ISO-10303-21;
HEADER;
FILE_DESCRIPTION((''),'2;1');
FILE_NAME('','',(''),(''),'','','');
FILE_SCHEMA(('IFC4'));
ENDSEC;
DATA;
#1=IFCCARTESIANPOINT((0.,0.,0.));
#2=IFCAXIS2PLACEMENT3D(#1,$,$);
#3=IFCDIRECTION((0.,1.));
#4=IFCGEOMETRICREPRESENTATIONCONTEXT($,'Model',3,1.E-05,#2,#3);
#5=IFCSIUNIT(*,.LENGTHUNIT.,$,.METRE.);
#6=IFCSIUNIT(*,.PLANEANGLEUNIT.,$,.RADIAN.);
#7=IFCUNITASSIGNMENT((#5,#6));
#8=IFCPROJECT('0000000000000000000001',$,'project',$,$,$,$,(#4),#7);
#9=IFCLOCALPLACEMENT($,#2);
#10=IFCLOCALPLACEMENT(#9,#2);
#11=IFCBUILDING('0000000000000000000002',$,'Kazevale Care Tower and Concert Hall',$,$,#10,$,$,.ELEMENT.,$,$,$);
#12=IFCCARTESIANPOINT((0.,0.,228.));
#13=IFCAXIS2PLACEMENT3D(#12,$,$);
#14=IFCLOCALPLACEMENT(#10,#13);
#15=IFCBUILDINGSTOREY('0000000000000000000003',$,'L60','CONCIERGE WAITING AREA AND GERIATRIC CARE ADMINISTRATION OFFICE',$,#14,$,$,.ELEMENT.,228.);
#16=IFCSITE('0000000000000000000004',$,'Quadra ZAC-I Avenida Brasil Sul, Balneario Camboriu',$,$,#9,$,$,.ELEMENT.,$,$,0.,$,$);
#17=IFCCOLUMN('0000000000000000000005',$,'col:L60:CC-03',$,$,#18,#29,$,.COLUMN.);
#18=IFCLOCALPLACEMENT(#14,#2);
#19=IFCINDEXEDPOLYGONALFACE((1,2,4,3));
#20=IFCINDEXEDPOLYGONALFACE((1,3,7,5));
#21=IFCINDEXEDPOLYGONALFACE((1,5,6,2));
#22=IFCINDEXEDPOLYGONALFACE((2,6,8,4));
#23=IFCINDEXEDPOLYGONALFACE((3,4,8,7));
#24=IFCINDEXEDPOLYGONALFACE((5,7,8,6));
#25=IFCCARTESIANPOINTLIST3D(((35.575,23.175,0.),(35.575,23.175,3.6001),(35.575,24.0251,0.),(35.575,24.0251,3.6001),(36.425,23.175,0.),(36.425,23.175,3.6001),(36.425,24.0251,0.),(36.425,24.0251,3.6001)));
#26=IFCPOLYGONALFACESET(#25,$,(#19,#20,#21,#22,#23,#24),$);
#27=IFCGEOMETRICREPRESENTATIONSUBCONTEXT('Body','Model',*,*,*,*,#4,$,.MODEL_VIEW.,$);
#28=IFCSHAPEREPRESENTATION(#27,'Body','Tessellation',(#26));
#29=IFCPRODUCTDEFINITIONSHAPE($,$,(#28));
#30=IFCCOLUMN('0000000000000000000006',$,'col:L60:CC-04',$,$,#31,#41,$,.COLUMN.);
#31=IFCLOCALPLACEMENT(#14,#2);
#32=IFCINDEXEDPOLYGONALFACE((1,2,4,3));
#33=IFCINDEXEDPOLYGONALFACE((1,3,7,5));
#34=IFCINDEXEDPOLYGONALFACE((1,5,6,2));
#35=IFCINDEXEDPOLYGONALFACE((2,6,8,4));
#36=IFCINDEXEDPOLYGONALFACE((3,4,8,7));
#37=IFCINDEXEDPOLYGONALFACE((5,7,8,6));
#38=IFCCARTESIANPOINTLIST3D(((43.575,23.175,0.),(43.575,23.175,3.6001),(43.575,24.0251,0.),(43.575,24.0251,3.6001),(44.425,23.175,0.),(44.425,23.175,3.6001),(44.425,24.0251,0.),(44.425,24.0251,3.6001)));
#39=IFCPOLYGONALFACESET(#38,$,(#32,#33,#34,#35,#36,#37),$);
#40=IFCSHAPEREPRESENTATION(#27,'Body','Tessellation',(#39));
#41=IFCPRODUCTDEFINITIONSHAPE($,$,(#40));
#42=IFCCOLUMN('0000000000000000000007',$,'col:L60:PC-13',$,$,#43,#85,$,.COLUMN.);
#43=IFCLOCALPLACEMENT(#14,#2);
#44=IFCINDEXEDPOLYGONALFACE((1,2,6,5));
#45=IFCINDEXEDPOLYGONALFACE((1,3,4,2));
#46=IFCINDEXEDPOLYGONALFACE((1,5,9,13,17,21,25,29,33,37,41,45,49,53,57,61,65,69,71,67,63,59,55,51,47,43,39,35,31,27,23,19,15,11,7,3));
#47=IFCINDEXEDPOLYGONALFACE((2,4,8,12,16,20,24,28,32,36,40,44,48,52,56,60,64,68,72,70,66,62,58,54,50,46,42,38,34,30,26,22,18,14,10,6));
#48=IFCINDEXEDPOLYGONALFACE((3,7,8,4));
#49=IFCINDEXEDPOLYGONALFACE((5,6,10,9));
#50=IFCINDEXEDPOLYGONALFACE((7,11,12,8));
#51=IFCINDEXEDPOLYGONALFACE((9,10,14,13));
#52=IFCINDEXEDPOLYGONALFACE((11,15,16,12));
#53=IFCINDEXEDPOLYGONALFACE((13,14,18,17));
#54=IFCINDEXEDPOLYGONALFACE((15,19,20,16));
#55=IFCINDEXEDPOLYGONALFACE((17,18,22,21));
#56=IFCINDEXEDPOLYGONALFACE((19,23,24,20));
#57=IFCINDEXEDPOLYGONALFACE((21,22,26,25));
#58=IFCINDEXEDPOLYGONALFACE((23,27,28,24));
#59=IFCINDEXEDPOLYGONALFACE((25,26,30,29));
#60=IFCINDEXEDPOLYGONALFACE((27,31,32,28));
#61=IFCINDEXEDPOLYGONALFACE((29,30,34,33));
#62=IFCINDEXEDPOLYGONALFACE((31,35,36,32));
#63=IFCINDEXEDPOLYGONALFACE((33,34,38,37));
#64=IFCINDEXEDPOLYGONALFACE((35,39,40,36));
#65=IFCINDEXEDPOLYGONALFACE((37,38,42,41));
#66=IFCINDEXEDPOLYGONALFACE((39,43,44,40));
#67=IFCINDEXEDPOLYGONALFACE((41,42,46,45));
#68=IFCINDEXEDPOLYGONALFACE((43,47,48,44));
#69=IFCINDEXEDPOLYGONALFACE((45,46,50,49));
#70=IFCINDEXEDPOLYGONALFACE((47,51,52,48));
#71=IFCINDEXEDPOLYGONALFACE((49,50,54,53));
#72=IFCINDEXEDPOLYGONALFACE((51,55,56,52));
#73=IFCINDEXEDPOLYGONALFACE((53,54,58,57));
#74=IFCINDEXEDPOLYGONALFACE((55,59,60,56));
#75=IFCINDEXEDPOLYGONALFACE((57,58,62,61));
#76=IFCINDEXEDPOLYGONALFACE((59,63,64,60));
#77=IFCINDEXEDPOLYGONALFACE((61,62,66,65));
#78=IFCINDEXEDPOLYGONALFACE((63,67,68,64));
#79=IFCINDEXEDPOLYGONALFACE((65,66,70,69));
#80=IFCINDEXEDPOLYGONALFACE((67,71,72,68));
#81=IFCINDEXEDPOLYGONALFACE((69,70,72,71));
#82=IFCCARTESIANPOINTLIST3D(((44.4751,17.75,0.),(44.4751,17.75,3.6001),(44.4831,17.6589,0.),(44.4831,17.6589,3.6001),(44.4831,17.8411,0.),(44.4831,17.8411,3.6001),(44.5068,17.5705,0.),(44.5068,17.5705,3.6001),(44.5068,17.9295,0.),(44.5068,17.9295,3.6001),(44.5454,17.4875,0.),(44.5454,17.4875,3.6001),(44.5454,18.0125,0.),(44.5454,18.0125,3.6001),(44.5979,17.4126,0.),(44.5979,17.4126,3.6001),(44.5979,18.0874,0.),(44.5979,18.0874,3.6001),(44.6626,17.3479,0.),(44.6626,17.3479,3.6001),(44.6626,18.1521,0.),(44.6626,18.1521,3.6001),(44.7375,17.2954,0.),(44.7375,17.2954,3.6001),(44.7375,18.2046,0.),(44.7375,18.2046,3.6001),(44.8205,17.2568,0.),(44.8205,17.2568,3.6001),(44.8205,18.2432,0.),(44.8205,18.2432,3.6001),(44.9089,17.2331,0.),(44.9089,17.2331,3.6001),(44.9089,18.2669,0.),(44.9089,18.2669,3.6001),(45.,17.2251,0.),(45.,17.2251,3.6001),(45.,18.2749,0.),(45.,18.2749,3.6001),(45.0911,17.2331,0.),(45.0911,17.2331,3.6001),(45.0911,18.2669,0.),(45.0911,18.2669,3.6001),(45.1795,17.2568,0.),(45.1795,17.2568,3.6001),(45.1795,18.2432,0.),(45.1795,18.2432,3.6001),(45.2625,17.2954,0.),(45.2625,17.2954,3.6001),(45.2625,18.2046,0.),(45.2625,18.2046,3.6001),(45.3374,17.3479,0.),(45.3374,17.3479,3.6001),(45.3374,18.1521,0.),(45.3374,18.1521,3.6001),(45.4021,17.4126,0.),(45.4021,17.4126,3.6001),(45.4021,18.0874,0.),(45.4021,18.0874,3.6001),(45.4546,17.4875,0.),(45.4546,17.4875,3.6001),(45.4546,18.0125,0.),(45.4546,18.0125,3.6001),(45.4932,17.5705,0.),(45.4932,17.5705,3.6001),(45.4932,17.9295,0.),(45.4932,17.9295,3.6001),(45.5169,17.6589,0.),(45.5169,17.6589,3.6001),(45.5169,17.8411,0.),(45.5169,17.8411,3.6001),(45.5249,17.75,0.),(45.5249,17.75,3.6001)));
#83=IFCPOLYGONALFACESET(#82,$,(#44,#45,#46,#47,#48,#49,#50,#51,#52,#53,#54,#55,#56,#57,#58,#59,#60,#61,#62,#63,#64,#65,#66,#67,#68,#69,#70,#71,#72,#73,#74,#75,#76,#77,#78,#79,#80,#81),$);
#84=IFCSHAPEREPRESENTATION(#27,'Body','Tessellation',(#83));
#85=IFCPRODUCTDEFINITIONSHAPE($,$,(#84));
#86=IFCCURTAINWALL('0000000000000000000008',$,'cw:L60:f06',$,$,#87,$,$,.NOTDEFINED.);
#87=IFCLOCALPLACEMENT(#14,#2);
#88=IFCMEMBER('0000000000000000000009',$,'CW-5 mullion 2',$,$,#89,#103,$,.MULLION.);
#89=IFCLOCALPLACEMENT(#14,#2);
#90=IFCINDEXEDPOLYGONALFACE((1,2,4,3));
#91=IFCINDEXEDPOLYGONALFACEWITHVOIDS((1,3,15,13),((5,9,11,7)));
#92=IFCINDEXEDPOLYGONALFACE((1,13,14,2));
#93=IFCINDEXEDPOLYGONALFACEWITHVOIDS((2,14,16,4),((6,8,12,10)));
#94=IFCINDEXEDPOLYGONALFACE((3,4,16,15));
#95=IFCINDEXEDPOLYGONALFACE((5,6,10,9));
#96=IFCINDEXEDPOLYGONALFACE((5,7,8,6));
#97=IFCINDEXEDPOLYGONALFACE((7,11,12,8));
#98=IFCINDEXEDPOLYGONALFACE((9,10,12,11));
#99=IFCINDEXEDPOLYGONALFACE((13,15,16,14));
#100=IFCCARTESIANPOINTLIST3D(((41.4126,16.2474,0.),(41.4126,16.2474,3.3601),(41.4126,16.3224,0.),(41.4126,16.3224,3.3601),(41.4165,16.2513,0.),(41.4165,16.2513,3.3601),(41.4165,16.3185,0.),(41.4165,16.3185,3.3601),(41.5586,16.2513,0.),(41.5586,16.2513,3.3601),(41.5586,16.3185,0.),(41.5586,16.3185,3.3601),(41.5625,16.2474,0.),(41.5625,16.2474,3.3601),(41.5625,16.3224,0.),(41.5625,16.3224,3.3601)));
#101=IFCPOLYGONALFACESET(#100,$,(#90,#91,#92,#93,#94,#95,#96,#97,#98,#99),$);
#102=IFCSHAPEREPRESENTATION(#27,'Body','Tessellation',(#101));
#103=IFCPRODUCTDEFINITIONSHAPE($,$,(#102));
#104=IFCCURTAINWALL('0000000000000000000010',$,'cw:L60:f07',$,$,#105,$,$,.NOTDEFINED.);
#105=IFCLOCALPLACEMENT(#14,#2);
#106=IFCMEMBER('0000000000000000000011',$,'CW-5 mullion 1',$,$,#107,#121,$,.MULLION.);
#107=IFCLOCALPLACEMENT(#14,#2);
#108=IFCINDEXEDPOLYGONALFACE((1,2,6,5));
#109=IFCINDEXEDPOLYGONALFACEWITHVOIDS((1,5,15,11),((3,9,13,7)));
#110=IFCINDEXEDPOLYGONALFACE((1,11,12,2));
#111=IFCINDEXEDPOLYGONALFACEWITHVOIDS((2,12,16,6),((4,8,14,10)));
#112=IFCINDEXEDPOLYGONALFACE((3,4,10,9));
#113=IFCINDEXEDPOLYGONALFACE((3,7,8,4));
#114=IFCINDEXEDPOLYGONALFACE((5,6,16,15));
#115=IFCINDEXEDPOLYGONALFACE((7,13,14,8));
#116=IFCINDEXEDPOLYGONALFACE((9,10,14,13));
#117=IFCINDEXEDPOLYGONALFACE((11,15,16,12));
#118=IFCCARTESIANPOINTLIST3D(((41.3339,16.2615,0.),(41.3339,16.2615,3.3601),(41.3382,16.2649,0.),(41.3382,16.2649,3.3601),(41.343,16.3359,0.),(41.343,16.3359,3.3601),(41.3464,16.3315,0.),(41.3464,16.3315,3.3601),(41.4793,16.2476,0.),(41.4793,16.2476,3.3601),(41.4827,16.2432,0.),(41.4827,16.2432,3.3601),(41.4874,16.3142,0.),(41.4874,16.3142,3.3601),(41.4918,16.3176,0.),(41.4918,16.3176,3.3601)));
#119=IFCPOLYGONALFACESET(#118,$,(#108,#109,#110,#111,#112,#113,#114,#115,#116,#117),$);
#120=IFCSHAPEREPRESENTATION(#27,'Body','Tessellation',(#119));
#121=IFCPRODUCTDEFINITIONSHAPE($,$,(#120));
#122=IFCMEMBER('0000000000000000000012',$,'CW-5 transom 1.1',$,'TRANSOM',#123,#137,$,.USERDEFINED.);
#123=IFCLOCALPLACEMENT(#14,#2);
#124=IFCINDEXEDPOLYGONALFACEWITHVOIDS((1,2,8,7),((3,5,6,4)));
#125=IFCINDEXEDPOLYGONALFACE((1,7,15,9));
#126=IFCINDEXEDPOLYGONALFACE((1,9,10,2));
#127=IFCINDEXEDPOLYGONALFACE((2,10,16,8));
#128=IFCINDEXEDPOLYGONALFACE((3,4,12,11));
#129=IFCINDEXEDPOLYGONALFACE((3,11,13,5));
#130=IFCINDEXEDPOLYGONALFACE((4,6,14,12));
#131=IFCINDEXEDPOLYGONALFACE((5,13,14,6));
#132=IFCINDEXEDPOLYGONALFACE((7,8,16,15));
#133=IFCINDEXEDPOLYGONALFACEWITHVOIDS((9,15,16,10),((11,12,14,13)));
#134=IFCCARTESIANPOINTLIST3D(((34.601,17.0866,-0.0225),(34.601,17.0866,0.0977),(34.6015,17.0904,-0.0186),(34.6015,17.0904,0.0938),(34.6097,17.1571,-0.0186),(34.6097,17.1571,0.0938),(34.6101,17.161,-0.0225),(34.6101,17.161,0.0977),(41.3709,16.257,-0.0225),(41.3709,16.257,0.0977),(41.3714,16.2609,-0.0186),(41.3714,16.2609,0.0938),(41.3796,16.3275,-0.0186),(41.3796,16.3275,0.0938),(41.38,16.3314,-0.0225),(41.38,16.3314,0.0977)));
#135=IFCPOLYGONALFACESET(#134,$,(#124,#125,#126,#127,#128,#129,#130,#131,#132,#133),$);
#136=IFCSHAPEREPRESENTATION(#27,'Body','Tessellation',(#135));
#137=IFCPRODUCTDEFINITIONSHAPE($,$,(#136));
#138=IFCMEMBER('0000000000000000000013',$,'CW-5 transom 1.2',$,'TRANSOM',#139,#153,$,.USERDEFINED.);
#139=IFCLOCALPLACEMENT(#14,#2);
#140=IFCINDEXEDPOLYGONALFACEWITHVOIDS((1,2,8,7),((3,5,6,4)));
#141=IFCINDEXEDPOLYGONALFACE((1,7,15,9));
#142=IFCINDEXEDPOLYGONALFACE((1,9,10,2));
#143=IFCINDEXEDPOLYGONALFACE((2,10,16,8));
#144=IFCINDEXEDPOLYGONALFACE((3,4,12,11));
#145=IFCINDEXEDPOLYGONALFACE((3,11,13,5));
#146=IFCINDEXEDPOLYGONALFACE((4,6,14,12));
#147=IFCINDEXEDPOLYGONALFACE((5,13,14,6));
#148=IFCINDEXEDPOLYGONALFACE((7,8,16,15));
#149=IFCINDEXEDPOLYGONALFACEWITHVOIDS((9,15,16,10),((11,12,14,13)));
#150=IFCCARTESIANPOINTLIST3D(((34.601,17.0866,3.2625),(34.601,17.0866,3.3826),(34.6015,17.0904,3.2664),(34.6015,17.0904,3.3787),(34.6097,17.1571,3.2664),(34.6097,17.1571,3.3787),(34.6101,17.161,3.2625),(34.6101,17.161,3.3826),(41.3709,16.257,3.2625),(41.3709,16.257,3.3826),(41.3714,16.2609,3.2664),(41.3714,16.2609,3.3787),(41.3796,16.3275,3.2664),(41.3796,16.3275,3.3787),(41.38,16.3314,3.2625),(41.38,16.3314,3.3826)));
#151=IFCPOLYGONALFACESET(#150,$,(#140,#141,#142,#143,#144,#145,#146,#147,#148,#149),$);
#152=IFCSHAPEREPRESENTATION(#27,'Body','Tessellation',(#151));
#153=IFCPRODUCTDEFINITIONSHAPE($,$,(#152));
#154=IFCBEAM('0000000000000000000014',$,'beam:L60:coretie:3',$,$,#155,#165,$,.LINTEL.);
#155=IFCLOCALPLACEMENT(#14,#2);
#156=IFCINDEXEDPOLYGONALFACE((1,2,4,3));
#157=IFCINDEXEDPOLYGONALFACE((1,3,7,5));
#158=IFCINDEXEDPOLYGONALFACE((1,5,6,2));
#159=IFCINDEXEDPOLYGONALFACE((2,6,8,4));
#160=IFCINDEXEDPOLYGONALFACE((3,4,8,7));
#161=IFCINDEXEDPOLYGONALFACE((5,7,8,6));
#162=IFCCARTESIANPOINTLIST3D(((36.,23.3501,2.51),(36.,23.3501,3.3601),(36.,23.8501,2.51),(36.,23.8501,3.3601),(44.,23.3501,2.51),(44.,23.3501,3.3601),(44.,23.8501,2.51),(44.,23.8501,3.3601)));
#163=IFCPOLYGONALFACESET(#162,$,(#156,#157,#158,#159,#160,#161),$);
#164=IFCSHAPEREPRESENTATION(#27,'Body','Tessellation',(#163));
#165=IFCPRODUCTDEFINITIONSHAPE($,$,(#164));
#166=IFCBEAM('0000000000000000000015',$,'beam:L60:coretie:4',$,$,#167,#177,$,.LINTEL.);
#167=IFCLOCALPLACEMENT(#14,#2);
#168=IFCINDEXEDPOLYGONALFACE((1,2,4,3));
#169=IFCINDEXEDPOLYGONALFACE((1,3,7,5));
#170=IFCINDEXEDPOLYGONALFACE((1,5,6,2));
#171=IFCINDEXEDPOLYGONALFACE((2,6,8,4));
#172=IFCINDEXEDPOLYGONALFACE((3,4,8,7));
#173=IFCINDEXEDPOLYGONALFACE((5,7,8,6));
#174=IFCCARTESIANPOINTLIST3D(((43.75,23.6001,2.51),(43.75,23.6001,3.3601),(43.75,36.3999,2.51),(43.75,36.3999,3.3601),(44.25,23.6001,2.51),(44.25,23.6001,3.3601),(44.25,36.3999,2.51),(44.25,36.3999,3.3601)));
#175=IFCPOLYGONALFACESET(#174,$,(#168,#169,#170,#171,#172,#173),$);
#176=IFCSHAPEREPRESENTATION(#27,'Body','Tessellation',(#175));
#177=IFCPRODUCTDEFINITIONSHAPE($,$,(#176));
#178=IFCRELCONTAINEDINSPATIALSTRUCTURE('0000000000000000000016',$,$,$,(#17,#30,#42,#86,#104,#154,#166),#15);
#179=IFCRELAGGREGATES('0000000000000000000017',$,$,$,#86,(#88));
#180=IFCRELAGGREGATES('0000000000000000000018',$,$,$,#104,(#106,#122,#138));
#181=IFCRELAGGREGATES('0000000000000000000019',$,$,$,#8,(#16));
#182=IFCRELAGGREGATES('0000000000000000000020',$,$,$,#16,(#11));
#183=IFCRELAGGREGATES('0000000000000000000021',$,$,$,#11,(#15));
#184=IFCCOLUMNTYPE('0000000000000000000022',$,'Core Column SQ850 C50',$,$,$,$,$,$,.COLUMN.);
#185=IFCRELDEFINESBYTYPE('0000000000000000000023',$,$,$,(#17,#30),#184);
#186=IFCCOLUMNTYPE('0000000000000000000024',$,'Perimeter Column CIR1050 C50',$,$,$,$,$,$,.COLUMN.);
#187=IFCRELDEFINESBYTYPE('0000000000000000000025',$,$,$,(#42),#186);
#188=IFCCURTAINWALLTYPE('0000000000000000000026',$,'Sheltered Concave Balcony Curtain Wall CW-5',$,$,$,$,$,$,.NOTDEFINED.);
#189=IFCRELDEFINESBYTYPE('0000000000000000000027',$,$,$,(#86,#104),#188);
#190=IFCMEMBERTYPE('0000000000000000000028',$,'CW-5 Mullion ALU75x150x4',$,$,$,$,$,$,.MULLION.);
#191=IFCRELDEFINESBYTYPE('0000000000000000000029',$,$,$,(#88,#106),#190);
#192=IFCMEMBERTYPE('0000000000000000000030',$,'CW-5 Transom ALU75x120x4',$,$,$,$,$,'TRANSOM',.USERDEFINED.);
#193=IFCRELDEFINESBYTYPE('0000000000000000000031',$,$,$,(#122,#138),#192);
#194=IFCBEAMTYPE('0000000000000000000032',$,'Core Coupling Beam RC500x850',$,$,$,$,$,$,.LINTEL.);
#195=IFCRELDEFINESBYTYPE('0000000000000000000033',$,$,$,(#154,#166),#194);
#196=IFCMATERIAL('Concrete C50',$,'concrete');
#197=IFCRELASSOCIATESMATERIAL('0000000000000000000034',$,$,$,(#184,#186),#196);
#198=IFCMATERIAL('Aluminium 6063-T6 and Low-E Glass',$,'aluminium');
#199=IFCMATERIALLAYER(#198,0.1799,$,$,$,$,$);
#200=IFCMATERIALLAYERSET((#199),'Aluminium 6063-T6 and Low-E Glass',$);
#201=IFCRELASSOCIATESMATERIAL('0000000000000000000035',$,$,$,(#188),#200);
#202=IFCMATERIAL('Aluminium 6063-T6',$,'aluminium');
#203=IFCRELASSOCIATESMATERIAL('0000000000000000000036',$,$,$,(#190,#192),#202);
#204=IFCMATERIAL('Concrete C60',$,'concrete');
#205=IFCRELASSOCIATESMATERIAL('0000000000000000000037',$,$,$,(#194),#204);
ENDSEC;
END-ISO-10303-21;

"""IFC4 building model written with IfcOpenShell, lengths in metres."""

from ifc_helpers import new_model, si_unit, direction, frame, origin, origin_2d, place, context, subcontext, project, spatial, rectangle, hollow_rectangle, circle, extrude, material, layer, layer_set, material_profile, profile_set, type_object, element, aggregate, save


model = new_model("IFC4")

# Units and contexts
model_context = context("Model", 3, precision=1e-05, world=origin(), true_north=direction((0.0, 1.0)))
body_context = subcontext(model_context, "Body", "Model", "MODEL_VIEW")
ifc_project = project(units=[si_unit("LENGTHUNIT", "METRE"), si_unit("PLANEANGLEUNIT", "RADIAN")], contexts=[model_context])

# Site, building, storey
site_placement = place(None, origin())
site = spatial("IfcSite", under=ifc_project, at=site_placement, Name="Quadra ZAC-I Avenida Brasil Sul, Balneario Camboriu", CompositionType="ELEMENT", RefElevation=0.0)
building_placement = place(site_placement, origin())
building = spatial("IfcBuilding", under=site, at=building_placement, Name="Kazevale Care Tower and Concert Hall", CompositionType="ELEMENT")
storey_placement = place(building_placement, frame((0.0, 0.0, 228.0)))
storey = spatial("IfcBuildingStorey", under=building, at=storey_placement, Name="L60", Description="CONCIERGE WAITING AREA AND GERIATRIC CARE ADMINISTRATION OFFICE", CompositionType="ELEMENT", Elevation=228.0)

# Columns
ifc_material_1 = material(Name="Concrete C50", Category="concrete")
ifc_material_profile_1 = material_profile(ifc_material_1, rectangle(XDim=0.8501, YDim=0.8501, at=origin_2d()), Name="RC-SQ850")
ifc_profile_set_1 = profile_set([ifc_material_profile_1], Name="Concrete C50")
column_type_1 = type_object("IfcColumnType", Name="Core Column SQ850 C50", PredefinedType="COLUMN", material=ifc_profile_set_1)
for number, where, z_axis, x_axis, name in (
    (1, (36.0, 23.6001, 0.0), (0.0, 0.0, 1.0), (1.0, 0.0, 0.0), "col:L60:CC-03"),
    (2, (44.0, 23.6001, 0.0), (0.0, 0.0, 1.0), (1.0, 0.0, 0.0), "col:L60:CC-04"),
):
    element("IfcColumn", number, at=place(storey_placement, frame(where, z_axis=z_axis, x_axis=x_axis)), inside=storey, type_object=column_type_1, Name=name, PredefinedType="COLUMN", context=body_context, shape_type="SweptSolid", body=[
        extrude(rectangle(XDim=0.8501, YDim=0.8501, at=origin_2d()), origin(), (0.0, 0.0, 1.0), 3.6001),
    ])
ifc_material_profile_2 = material_profile(ifc_material_1, circle(Radius=0.5249, at=origin_2d()), Name="RC-CIR1050")
ifc_profile_set_2 = profile_set([ifc_material_profile_2], Name="Concrete C50")
column_type_2 = type_object("IfcColumnType", Name="Perimeter Column CIR1050 C50", PredefinedType="COLUMN", material=ifc_profile_set_2)
column_placement = place(storey_placement, frame((45.0, 17.75, 0.0), z_axis=(0.0, 0.0, 1.0), x_axis=(1.0, 0.0, 0.0)))
element("IfcColumn", 3, at=column_placement, inside=storey, type_object=column_type_2, Name="col:L60:PC-13", PredefinedType="COLUMN", context=body_context, shape_type="SweptSolid", body=[
    extrude(circle(Radius=0.5249, at=origin_2d()), origin(), (0.0, 0.0, 1.0), 3.6001),
])

# Curtain wall, member
ifc_material_2 = material(Name="Aluminium 6063-T6 and Low-E Glass", Category="aluminium")
ifc_layer_1 = layer(ifc_material_2, 0.1799)
ifc_layer_set_1 = layer_set([ifc_layer_1], Name="Aluminium 6063-T6 and Low-E Glass")
curtain_wall_type = type_object("IfcCurtainWallType", Name="Sheltered Concave Balcony Curtain Wall CW-5", PredefinedType="NOTDEFINED", material=ifc_layer_set_1)
curtain_wall_1_placement = place(storey_placement, origin())
curtain_wall_1 = element("IfcCurtainWall", 4, at=curtain_wall_1_placement, inside=storey, type_object=curtain_wall_type, Name="cw:L60:f06", PredefinedType="NOTDEFINED")
ifc_material_3 = material(Name="Aluminium 6063-T6", Category="aluminium")
ifc_material_profile_3 = material_profile(ifc_material_3, hollow_rectangle(XDim=0.075, YDim=0.1499, WallThickness=0.0039, at=origin_2d()), Name="ALU75x150x4")
ifc_profile_set_3 = profile_set([ifc_material_profile_3], Name="Aluminium 6063-T6")
member_type_1 = type_object("IfcMemberType", Name="CW-5 Mullion ALU75x150x4", PredefinedType="MULLION", material=ifc_profile_set_3)
member_1_placement = place(storey_placement, frame((41.4875, 16.2849, 0.0), z_axis=(0.0, 0.0, 1.0), x_axis=(0.0, -1.0, 0.0)))
member_1 = element("IfcMember", 5, at=member_1_placement, type_object=member_type_1, Name="CW-5 mullion 2", PredefinedType="MULLION", context=body_context, shape_type="SweptSolid", body=[
    extrude(hollow_rectangle(XDim=0.075, YDim=0.1499, WallThickness=0.0039, at=origin_2d()), origin(), (0.0, 0.0, 1.0), 3.3601),
])

# Curtain wall, members
curtain_wall_2_placement = place(storey_placement, origin())
curtain_wall_2 = element("IfcCurtainWall", 6, at=curtain_wall_2_placement, inside=storey, type_object=curtain_wall_type, Name="cw:L60:f07", PredefinedType="NOTDEFINED")
member_2_placement = place(storey_placement, frame((41.4128, 16.2896, 0.0), z_axis=(0.0, 0.0, 1.0), x_axis=(-0.121651, -0.992573, 0.0)))
member_2 = element("IfcMember", 7, at=member_2_placement, type_object=member_type_1, Name="CW-5 mullion 1", PredefinedType="MULLION", context=body_context, shape_type="SweptSolid", body=[
    extrude(hollow_rectangle(XDim=0.075, YDim=0.1499, WallThickness=0.0039, at=origin_2d()), origin(), (0.0, 0.0, 1.0), 3.3601),
])
ifc_material_profile_4 = material_profile(ifc_material_3, hollow_rectangle(XDim=0.075, YDim=0.1201, WallThickness=0.0039, at=origin_2d()), Name="ALU75x120x4")
ifc_profile_set_4 = profile_set([ifc_material_profile_4], Name="Aluminium 6063-T6")
member_type_2 = type_object("IfcMemberType", Name="CW-5 Transom ALU75x120x4", ElementType="TRANSOM", PredefinedType="USERDEFINED", material=ifc_profile_set_4)
member_3_placement = place(storey_placement, frame((41.3755, 16.2942, 0.0376), z_axis=(-0.992576, 0.121629, 0.0), x_axis=(-0.121629, -0.992576, 0.0)))
member_3 = element("IfcMember", 8, at=member_3_placement, type_object=member_type_2, Name="CW-5 transom 1.1", ObjectType="TRANSOM", PredefinedType="USERDEFINED", context=body_context, shape_type="SweptSolid", body=[
    extrude(hollow_rectangle(XDim=0.075, YDim=0.1201, WallThickness=0.0039, at=origin_2d()), origin(), (0.0, 0.0, 1.0), 6.8206),
])
member_4_placement = place(storey_placement, frame((41.3755, 16.2942, 3.3225), z_axis=(-0.992576, 0.121629, 0.0), x_axis=(-0.121629, -0.992576, 0.0)))
member_4 = element("IfcMember", 9, at=member_4_placement, type_object=member_type_2, Name="CW-5 transom 1.2", ObjectType="TRANSOM", PredefinedType="USERDEFINED", context=body_context, shape_type="SweptSolid", body=[
    extrude(hollow_rectangle(XDim=0.075, YDim=0.1201, WallThickness=0.0039, at=origin_2d()), origin(), (0.0, 0.0, 1.0), 6.8206),
])

# Beams
ifc_material_4 = material(Name="Concrete C60", Category="concrete")
ifc_material_profile_5 = material_profile(ifc_material_4, rectangle(XDim=0.5, YDim=0.8501, at=origin_2d()), Name="RC-B500x850")
ifc_profile_set_5 = profile_set([ifc_material_profile_5], Name="Concrete C60")
beam_type_1 = type_object("IfcBeamType", Name="Core Coupling Beam RC500x850", PredefinedType="LINTEL", material=ifc_profile_set_5)
beam_1_placement = place(storey_placement, frame((36.0, 23.6001, 2.9351), z_axis=(1.0, 0.0, 0.0), x_axis=(0.0, 1.0, 0.0)))
element("IfcBeam", 10, at=beam_1_placement, inside=storey, type_object=beam_type_1, Name="beam:L60:coretie:3", PredefinedType="LINTEL", context=body_context, shape_type="SweptSolid", body=[
    extrude(rectangle(XDim=0.5, YDim=0.8501, at=origin_2d()), origin(), (0.0, 0.0, 1.0), 8.0),
])
beam_2_placement = place(storey_placement, frame((44.0, 23.6001, 2.9351), z_axis=(0.0, 1.0, 0.0), x_axis=(-1.0, 0.0, 0.0)))
element("IfcBeam", 11, at=beam_2_placement, inside=storey, type_object=beam_type_1, Name="beam:L60:coretie:4", PredefinedType="LINTEL", context=body_context, shape_type="SweptSolid", body=[
    extrude(rectangle(XDim=0.5, YDim=0.8501, at=origin_2d()), origin(), (0.0, 0.0, 1.0), 12.7998),
])

aggregate(curtain_wall_1, [member_1])
aggregate(curtain_wall_2, [member_2, member_3, member_4])

save(model, "model.ifc")
